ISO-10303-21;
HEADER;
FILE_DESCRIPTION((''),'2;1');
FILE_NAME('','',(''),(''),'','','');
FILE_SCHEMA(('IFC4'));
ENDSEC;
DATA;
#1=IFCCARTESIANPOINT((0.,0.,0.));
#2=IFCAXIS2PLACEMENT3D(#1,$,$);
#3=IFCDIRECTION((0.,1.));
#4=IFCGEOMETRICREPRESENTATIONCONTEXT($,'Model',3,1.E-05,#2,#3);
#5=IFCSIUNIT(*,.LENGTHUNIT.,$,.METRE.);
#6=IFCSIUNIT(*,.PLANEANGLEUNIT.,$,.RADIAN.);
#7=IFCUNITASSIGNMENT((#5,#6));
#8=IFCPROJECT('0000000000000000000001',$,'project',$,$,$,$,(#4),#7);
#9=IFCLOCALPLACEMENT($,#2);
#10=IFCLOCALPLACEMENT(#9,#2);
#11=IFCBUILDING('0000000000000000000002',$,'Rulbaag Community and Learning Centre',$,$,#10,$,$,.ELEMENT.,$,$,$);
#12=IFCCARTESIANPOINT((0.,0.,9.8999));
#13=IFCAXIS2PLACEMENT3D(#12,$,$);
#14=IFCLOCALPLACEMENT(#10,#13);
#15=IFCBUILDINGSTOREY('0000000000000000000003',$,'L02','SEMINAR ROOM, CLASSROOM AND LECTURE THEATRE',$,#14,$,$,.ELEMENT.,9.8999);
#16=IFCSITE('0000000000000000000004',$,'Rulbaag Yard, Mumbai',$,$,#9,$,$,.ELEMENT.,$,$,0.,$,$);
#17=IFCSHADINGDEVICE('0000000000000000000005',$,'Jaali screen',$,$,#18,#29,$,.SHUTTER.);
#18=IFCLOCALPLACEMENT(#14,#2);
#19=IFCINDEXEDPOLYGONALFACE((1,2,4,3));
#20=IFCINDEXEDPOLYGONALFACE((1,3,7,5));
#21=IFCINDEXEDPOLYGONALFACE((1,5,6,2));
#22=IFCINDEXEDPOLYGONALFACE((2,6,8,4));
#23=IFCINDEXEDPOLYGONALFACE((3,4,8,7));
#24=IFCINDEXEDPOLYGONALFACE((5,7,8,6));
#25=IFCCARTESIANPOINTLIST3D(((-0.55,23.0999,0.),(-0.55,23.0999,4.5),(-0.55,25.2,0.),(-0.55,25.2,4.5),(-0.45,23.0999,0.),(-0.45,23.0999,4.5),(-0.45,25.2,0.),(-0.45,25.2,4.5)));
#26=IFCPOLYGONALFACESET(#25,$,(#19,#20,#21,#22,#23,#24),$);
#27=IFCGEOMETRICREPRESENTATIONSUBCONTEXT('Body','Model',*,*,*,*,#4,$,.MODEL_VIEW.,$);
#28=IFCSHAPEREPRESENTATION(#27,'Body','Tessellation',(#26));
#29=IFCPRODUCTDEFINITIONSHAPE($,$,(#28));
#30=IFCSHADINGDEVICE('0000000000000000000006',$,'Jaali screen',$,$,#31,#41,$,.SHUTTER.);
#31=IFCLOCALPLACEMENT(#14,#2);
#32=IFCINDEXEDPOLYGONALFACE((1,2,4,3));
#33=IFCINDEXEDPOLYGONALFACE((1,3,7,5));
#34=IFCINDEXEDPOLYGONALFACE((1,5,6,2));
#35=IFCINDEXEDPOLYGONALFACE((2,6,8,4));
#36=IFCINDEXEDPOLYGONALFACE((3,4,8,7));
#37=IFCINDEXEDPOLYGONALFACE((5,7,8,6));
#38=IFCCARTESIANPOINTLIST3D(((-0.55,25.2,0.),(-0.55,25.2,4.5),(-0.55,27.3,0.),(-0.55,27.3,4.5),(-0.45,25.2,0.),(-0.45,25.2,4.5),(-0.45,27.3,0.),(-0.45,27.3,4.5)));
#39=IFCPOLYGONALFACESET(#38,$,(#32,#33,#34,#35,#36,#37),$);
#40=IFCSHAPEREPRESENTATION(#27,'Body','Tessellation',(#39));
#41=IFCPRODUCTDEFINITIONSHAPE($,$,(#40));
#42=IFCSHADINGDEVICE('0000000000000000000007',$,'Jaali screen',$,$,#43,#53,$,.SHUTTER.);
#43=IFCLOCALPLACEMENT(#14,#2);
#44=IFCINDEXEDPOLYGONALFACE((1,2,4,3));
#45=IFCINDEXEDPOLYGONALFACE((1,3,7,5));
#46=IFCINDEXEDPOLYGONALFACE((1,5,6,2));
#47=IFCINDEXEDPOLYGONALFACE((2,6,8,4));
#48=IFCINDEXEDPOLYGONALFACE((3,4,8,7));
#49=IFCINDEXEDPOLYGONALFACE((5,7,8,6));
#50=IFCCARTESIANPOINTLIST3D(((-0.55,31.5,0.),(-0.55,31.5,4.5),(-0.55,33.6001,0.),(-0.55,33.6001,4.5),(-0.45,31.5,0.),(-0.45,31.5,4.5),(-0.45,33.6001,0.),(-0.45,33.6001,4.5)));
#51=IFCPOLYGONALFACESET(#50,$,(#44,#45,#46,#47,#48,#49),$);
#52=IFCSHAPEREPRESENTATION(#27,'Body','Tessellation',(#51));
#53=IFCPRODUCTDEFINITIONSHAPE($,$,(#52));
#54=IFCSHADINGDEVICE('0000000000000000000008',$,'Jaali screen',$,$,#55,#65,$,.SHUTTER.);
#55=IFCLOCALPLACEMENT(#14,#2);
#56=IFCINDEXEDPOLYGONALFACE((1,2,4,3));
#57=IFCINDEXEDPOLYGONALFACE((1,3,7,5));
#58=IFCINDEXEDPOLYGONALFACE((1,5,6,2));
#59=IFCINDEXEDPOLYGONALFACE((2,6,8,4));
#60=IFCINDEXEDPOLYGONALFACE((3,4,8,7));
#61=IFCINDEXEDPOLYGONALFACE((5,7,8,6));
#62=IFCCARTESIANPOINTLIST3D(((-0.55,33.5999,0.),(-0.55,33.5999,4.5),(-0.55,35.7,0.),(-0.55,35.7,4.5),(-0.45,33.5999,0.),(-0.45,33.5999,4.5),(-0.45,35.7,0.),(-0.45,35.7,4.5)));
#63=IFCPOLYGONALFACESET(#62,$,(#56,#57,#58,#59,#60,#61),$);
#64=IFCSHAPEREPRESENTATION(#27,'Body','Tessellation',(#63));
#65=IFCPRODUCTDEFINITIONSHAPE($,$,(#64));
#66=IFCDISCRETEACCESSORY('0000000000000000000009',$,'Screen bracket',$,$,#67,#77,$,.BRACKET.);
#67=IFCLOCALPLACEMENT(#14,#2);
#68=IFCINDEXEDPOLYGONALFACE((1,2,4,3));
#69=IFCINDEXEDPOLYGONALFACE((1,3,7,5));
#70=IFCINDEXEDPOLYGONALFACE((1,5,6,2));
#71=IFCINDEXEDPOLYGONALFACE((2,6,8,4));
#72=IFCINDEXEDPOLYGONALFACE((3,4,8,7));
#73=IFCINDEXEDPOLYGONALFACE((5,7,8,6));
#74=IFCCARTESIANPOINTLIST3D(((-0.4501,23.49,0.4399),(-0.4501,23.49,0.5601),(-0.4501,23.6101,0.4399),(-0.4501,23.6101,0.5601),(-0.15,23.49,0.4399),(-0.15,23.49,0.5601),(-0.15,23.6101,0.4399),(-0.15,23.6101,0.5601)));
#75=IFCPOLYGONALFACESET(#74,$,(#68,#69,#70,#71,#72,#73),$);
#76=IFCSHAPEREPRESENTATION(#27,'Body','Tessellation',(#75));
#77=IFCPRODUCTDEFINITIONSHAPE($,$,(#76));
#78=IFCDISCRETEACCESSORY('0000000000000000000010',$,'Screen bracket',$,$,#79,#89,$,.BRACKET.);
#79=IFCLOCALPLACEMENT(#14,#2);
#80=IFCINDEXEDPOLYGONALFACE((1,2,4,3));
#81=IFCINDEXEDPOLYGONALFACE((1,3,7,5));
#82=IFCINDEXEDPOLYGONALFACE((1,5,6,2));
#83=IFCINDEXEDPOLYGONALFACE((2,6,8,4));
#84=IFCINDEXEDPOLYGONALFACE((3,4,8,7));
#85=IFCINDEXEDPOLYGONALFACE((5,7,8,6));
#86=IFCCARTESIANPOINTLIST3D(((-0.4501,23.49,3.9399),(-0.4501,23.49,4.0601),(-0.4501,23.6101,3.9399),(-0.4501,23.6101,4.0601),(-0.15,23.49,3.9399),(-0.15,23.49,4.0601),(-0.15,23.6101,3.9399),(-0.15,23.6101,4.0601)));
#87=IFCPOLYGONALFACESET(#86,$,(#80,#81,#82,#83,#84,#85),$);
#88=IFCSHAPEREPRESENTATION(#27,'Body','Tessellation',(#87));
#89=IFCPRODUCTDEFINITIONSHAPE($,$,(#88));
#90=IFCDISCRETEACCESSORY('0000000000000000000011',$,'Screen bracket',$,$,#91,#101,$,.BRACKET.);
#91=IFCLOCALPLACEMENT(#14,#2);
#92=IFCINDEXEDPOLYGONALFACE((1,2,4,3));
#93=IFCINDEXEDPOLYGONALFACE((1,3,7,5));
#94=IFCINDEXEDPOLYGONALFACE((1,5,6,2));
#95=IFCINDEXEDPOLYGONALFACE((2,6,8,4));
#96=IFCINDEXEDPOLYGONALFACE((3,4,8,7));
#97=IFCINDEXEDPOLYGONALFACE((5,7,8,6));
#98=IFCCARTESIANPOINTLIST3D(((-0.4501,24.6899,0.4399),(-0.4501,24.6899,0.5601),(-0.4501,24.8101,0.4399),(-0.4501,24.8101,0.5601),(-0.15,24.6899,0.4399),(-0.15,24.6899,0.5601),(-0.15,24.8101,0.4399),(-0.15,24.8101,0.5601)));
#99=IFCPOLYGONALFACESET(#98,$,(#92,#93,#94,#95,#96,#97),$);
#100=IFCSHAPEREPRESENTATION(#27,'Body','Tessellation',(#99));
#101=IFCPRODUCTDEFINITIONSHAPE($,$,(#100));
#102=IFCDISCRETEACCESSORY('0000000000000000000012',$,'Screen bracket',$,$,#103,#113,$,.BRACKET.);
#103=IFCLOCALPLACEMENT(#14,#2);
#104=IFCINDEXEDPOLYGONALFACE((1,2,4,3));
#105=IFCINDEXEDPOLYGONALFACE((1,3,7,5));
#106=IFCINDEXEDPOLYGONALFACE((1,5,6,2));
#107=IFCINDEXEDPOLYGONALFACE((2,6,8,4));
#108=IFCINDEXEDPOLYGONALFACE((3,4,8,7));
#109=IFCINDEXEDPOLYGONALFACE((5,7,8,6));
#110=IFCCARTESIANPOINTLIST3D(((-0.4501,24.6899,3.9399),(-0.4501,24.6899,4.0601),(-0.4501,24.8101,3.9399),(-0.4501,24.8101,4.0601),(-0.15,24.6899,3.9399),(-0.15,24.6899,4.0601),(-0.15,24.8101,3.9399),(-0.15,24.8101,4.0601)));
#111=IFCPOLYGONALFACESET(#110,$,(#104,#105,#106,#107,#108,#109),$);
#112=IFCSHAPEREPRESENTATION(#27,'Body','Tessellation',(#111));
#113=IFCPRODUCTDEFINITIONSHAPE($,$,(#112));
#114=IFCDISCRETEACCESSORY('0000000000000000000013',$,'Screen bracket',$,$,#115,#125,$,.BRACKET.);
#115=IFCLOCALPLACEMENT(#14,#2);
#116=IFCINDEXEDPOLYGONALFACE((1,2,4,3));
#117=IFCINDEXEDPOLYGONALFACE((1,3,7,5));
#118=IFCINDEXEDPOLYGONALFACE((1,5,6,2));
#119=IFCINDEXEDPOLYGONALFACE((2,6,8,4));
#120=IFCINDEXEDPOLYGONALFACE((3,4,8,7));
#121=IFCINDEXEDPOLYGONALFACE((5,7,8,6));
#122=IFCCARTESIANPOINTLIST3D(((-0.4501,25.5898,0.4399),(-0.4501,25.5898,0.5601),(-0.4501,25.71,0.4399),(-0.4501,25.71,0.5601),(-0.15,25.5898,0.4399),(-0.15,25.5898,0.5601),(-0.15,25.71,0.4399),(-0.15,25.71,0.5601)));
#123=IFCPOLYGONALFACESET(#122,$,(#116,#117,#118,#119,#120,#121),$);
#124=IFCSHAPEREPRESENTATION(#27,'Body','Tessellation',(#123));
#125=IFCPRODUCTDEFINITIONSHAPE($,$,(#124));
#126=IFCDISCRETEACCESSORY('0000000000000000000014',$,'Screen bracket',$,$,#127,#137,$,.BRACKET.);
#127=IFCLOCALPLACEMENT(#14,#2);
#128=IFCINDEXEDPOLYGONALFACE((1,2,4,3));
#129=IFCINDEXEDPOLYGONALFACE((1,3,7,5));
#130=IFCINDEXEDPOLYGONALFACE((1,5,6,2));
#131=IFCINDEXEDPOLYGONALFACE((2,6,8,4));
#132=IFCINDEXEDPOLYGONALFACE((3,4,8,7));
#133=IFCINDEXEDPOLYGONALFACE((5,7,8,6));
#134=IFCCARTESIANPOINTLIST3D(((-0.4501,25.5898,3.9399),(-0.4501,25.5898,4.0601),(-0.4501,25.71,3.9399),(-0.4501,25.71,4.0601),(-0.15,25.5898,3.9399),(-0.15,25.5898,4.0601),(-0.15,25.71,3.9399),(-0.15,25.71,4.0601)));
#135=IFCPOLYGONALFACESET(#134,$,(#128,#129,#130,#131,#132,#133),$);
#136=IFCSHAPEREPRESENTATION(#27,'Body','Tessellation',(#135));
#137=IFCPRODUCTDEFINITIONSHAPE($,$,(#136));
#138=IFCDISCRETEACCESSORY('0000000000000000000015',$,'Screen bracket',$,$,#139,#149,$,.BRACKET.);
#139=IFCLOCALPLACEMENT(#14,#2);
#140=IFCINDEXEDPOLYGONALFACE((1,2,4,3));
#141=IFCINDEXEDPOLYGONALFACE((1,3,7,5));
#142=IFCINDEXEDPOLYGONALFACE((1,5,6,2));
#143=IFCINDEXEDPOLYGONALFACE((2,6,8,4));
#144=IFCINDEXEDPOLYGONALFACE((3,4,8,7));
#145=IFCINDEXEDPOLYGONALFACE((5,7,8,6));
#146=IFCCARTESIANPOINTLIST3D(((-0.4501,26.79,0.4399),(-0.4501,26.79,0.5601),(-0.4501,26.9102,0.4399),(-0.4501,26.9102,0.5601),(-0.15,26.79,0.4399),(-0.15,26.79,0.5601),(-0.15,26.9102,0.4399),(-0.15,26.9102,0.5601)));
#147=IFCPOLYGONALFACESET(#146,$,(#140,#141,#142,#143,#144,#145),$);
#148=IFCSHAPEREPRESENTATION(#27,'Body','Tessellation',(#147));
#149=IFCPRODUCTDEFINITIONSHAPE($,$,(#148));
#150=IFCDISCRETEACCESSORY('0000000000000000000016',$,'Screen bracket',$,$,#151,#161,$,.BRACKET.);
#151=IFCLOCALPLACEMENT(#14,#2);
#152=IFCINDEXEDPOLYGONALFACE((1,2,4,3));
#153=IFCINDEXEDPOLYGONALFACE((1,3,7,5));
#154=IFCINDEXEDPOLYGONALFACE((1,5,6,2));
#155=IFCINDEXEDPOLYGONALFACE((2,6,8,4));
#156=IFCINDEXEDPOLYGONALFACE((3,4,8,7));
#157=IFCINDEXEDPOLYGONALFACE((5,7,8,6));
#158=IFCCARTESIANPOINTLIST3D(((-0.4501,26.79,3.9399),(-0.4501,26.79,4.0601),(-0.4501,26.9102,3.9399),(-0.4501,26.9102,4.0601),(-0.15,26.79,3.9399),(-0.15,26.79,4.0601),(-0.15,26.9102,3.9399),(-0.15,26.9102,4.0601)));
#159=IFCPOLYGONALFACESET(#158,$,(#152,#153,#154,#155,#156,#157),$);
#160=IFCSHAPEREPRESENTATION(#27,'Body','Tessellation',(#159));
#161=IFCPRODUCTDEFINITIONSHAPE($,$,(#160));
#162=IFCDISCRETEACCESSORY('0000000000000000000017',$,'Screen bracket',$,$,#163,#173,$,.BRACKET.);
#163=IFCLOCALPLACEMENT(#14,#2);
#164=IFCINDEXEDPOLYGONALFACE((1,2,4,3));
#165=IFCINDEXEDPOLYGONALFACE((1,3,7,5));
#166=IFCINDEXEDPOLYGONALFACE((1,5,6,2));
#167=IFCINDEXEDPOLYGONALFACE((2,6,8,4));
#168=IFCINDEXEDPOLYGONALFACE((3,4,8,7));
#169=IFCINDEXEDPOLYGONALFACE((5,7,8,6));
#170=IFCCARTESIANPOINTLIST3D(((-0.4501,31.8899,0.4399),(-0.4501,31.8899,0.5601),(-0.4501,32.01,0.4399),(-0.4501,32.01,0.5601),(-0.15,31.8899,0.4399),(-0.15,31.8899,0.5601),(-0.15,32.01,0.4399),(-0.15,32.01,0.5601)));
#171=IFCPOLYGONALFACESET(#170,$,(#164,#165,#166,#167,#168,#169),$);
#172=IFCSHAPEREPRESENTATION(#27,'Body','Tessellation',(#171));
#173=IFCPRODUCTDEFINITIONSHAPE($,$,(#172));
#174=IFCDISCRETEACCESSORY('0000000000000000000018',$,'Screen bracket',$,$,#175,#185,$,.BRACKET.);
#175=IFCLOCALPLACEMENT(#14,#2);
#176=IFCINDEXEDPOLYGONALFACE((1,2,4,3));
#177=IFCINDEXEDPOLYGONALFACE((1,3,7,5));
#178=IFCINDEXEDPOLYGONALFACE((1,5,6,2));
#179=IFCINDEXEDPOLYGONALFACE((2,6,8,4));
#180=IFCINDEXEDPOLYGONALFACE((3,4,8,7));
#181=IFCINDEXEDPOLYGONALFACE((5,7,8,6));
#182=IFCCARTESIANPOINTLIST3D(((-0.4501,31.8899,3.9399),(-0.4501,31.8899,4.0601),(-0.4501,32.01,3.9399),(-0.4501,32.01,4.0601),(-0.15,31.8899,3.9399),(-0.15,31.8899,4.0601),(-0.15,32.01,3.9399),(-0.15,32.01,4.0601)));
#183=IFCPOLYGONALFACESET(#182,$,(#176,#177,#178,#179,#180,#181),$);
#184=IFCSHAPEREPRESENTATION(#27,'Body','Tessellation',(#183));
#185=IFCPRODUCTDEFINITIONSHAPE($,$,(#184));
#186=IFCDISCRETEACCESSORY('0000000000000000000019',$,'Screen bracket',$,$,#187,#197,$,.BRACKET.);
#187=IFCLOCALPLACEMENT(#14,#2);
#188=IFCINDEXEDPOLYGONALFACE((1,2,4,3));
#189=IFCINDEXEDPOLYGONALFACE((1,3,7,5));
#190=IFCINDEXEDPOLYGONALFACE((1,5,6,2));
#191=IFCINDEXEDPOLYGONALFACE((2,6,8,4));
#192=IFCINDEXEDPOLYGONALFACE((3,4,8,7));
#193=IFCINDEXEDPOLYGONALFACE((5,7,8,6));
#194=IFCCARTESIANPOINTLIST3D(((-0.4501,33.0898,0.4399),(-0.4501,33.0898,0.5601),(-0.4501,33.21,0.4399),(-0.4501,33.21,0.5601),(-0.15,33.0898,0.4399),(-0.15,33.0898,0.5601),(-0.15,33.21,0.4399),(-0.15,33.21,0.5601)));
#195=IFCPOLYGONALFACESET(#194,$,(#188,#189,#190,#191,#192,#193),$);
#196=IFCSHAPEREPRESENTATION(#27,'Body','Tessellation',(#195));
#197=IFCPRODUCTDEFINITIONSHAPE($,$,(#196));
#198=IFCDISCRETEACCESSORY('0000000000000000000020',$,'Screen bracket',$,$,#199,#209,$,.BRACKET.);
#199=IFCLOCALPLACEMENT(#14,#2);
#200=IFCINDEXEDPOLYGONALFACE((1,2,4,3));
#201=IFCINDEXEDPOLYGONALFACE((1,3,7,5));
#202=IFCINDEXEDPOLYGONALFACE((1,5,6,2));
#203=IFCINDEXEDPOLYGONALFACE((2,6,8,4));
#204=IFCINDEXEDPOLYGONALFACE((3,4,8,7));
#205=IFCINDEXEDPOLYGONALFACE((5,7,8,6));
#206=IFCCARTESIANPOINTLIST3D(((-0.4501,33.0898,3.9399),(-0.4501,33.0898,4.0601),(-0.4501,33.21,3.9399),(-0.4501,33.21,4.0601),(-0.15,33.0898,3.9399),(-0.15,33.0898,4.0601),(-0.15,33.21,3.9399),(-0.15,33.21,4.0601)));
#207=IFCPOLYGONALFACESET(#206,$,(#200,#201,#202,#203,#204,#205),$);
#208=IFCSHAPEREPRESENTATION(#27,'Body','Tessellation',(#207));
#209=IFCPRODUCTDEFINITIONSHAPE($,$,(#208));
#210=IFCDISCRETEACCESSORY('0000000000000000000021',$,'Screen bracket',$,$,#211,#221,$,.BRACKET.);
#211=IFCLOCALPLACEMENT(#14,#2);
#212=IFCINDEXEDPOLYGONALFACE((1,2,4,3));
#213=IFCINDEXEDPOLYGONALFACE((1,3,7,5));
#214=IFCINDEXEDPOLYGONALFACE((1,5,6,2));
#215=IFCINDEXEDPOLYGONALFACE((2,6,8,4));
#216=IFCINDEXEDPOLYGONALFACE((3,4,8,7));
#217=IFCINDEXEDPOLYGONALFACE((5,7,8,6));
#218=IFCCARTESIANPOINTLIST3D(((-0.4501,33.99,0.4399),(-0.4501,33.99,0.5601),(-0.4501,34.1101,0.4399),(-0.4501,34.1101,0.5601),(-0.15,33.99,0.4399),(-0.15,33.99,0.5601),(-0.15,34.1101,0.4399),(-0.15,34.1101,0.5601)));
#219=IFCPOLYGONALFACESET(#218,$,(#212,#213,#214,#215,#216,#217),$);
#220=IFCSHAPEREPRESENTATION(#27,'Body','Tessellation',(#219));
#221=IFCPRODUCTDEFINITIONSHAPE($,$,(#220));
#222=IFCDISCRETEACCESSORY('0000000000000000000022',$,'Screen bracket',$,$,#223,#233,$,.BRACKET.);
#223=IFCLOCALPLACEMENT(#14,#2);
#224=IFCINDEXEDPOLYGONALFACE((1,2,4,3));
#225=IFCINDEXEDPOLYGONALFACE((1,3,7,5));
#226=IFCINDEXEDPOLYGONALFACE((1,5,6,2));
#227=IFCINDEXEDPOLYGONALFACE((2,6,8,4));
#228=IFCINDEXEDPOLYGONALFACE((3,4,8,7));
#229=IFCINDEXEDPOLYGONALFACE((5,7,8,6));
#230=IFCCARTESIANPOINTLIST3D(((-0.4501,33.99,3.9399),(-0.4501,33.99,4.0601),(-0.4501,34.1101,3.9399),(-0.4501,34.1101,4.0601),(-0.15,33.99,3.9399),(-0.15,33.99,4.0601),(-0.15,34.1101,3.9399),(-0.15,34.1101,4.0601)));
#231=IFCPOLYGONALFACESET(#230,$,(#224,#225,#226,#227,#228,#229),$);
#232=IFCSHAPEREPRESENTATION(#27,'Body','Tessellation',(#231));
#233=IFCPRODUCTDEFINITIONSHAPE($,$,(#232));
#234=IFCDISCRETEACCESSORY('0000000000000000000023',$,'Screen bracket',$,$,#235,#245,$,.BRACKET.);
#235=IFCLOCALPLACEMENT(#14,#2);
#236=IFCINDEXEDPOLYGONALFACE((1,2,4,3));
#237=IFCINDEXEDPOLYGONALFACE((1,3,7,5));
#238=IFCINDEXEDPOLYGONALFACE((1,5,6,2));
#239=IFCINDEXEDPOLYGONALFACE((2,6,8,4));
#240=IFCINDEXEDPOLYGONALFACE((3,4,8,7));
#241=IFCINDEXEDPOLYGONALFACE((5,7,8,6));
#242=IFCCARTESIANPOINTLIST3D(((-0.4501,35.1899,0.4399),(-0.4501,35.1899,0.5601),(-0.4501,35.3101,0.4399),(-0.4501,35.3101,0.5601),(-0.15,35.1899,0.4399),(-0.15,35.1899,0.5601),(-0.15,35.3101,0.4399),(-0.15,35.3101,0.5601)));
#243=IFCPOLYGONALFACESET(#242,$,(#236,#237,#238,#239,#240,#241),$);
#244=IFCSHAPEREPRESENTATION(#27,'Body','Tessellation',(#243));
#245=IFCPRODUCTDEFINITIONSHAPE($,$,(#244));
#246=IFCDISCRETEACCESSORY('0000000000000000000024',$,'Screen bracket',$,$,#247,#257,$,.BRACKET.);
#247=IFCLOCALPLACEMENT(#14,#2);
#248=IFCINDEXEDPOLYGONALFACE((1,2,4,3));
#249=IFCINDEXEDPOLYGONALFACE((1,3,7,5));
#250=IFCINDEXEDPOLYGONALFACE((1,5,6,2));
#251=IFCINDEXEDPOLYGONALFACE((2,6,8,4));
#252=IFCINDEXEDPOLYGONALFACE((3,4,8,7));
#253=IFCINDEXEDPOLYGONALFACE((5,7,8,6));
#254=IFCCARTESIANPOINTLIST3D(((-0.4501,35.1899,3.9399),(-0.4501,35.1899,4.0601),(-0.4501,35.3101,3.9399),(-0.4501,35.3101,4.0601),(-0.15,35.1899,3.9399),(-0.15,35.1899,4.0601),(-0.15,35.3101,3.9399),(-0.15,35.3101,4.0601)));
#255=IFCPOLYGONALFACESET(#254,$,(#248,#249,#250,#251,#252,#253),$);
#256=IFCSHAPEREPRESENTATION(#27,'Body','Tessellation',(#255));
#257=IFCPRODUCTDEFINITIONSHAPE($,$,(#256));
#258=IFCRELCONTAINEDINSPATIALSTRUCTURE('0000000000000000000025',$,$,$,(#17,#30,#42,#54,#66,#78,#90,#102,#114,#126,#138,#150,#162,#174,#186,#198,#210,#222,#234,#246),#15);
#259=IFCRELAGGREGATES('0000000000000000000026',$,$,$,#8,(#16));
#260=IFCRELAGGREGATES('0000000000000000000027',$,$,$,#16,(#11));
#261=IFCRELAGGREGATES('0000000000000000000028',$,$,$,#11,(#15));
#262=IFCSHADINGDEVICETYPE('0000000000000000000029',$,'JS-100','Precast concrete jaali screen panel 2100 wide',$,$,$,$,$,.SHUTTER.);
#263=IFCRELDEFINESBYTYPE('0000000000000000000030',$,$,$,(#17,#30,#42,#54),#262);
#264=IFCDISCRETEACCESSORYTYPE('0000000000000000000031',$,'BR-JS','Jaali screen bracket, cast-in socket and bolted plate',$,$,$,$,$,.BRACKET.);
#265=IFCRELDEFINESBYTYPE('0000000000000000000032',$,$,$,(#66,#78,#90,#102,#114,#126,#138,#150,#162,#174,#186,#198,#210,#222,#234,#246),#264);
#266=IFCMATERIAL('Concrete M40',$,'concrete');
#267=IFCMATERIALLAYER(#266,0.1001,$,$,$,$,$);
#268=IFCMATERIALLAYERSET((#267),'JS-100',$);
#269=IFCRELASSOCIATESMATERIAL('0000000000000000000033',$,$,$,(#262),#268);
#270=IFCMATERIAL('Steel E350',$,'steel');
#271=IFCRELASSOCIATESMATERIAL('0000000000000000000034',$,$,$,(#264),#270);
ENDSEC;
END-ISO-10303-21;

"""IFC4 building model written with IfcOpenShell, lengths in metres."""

from ifc_helpers import new_model, si_unit, direction, frame, origin, origin_2d, place, context, subcontext, project, spatial, rectangle, extrude, material, layer, layer_set, type_object, element, save


model = new_model("IFC4")

# Units and contexts
model_context = context("Model", 3, precision=1e-05, world=origin(), true_north=direction((0.0, 1.0)))
body_context = subcontext(model_context, "Body", "Model", "MODEL_VIEW")
ifc_project = project(units=[si_unit("LENGTHUNIT", "METRE"), si_unit("PLANEANGLEUNIT", "RADIAN")], contexts=[model_context])

# Site, building, storey
site_placement = place(None, origin())
site = spatial("IfcSite", under=ifc_project, at=site_placement, Name="Rulbaag Yard, Mumbai", CompositionType="ELEMENT", RefElevation=0.0)
building_placement = place(site_placement, origin())
building = spatial("IfcBuilding", under=site, at=building_placement, Name="Rulbaag Community and Learning Centre", CompositionType="ELEMENT")
storey_placement = place(building_placement, frame((0.0, 0.0, 9.8999)))
storey = spatial("IfcBuildingStorey", under=building, at=storey_placement, Name="L02", Description="SEMINAR ROOM, CLASSROOM AND LECTURE THEATRE", CompositionType="ELEMENT", Elevation=9.8999)

# Shading devices
ifc_material_1 = material(Name="Concrete M40", Category="concrete")
ifc_layer = layer(ifc_material_1, 0.1001)
ifc_layer_set = layer_set([ifc_layer], Name="JS-100")
shading_device_type = type_object("IfcShadingDeviceType", Name="JS-100", Description="Precast concrete jaali screen panel 2100 wide", PredefinedType="SHUTTER", material=ifc_layer_set)
for number, where, z_axis, x_axis, name in (
    (1, (-0.5, 24.1499, 0.0), (0.0, 0.0, 1.0), (1.0, 0.0, 0.0), "Jaali screen"),
    (2, (-0.5, 26.25, 0.0), (0.0, 0.0, 1.0), (1.0, 0.0, 0.0), "Jaali screen"),
    (3, (-0.5, 32.55, 0.0), (0.0, 0.0, 1.0), (1.0, 0.0, 0.0), "Jaali screen"),
    (4, (-0.5, 34.6499, 0.0), (0.0, 0.0, 1.0), (1.0, 0.0, 0.0), "Jaali screen"),
):
    element("IfcShadingDevice", number, at=place(storey_placement, frame(where, z_axis=z_axis, x_axis=x_axis)), inside=storey, type_object=shading_device_type, Name=name, PredefinedType="SHUTTER", context=body_context, shape_type="SweptSolid", body=[
        extrude(rectangle(XDim=0.1001, YDim=2.1001, at=origin_2d()), origin(), (0.0, 0.0, 1.0), 4.5),
    ])

# Discrete accessories
ifc_material_2 = material(Name="Steel E350", Category="steel")
discrete_accessory_type = type_object("IfcDiscreteAccessoryType", Name="BR-JS", Description="Jaali screen bracket, cast-in socket and bolted plate", PredefinedType="BRACKET", material=ifc_material_2)
for number, where, z_axis, x_axis, name in (
    (5, (-0.3, 23.55, 0.4399), (0.0, 0.0, 1.0), (1.0, 0.0, 0.0), "Screen bracket"),
    (6, (-0.3, 23.55, 3.9399), (0.0, 0.0, 1.0), (1.0, 0.0, 0.0), "Screen bracket"),
    (7, (-0.3, 24.75, 0.4399), (0.0, 0.0, 1.0), (1.0, 0.0, 0.0), "Screen bracket"),
    (8, (-0.3, 24.75, 3.9399), (0.0, 0.0, 1.0), (1.0, 0.0, 0.0), "Screen bracket"),
    (9, (-0.3, 25.6499, 0.4399), (0.0, 0.0, 1.0), (1.0, 0.0, 0.0), "Screen bracket"),
    (10, (-0.3, 25.6499, 3.9399), (0.0, 0.0, 1.0), (1.0, 0.0, 0.0), "Screen bracket"),
    (11, (-0.3, 26.8501, 0.4399), (0.0, 0.0, 1.0), (1.0, 0.0, 0.0), "Screen bracket"),
    (12, (-0.3, 26.8501, 3.9399), (0.0, 0.0, 1.0), (1.0, 0.0, 0.0), "Screen bracket"),
    (13, (-0.3, 31.95, 0.4399), (0.0, 0.0, 1.0), (1.0, 0.0, 0.0), "Screen bracket"),
    (14, (-0.3, 31.95, 3.9399), (0.0, 0.0, 1.0), (1.0, 0.0, 0.0), "Screen bracket"),
    (15, (-0.3, 33.1499, 0.4399), (0.0, 0.0, 1.0), (1.0, 0.0, 0.0), "Screen bracket"),
    (16, (-0.3, 33.1499, 3.9399), (0.0, 0.0, 1.0), (1.0, 0.0, 0.0), "Screen bracket"),
    (17, (-0.3, 34.05, 0.4399), (0.0, 0.0, 1.0), (1.0, 0.0, 0.0), "Screen bracket"),
    (18, (-0.3, 34.05, 3.9399), (0.0, 0.0, 1.0), (1.0, 0.0, 0.0), "Screen bracket"),
    (19, (-0.3, 35.25, 0.4399), (0.0, 0.0, 1.0), (1.0, 0.0, 0.0), "Screen bracket"),
    (20, (-0.3, 35.25, 3.9399), (0.0, 0.0, 1.0), (1.0, 0.0, 0.0), "Screen bracket"),
):
    element("IfcDiscreteAccessory", number, at=place(storey_placement, frame(where, z_axis=z_axis, x_axis=x_axis)), inside=storey, type_object=discrete_accessory_type, Name=name, PredefinedType="BRACKET", context=body_context, shape_type="SweptSolid", body=[
        extrude(rectangle(XDim=0.3, YDim=0.1201, at=origin_2d()), origin(), (0.0, 0.0, 1.0), 0.1201),
    ])

save(model, "model.ifc")
